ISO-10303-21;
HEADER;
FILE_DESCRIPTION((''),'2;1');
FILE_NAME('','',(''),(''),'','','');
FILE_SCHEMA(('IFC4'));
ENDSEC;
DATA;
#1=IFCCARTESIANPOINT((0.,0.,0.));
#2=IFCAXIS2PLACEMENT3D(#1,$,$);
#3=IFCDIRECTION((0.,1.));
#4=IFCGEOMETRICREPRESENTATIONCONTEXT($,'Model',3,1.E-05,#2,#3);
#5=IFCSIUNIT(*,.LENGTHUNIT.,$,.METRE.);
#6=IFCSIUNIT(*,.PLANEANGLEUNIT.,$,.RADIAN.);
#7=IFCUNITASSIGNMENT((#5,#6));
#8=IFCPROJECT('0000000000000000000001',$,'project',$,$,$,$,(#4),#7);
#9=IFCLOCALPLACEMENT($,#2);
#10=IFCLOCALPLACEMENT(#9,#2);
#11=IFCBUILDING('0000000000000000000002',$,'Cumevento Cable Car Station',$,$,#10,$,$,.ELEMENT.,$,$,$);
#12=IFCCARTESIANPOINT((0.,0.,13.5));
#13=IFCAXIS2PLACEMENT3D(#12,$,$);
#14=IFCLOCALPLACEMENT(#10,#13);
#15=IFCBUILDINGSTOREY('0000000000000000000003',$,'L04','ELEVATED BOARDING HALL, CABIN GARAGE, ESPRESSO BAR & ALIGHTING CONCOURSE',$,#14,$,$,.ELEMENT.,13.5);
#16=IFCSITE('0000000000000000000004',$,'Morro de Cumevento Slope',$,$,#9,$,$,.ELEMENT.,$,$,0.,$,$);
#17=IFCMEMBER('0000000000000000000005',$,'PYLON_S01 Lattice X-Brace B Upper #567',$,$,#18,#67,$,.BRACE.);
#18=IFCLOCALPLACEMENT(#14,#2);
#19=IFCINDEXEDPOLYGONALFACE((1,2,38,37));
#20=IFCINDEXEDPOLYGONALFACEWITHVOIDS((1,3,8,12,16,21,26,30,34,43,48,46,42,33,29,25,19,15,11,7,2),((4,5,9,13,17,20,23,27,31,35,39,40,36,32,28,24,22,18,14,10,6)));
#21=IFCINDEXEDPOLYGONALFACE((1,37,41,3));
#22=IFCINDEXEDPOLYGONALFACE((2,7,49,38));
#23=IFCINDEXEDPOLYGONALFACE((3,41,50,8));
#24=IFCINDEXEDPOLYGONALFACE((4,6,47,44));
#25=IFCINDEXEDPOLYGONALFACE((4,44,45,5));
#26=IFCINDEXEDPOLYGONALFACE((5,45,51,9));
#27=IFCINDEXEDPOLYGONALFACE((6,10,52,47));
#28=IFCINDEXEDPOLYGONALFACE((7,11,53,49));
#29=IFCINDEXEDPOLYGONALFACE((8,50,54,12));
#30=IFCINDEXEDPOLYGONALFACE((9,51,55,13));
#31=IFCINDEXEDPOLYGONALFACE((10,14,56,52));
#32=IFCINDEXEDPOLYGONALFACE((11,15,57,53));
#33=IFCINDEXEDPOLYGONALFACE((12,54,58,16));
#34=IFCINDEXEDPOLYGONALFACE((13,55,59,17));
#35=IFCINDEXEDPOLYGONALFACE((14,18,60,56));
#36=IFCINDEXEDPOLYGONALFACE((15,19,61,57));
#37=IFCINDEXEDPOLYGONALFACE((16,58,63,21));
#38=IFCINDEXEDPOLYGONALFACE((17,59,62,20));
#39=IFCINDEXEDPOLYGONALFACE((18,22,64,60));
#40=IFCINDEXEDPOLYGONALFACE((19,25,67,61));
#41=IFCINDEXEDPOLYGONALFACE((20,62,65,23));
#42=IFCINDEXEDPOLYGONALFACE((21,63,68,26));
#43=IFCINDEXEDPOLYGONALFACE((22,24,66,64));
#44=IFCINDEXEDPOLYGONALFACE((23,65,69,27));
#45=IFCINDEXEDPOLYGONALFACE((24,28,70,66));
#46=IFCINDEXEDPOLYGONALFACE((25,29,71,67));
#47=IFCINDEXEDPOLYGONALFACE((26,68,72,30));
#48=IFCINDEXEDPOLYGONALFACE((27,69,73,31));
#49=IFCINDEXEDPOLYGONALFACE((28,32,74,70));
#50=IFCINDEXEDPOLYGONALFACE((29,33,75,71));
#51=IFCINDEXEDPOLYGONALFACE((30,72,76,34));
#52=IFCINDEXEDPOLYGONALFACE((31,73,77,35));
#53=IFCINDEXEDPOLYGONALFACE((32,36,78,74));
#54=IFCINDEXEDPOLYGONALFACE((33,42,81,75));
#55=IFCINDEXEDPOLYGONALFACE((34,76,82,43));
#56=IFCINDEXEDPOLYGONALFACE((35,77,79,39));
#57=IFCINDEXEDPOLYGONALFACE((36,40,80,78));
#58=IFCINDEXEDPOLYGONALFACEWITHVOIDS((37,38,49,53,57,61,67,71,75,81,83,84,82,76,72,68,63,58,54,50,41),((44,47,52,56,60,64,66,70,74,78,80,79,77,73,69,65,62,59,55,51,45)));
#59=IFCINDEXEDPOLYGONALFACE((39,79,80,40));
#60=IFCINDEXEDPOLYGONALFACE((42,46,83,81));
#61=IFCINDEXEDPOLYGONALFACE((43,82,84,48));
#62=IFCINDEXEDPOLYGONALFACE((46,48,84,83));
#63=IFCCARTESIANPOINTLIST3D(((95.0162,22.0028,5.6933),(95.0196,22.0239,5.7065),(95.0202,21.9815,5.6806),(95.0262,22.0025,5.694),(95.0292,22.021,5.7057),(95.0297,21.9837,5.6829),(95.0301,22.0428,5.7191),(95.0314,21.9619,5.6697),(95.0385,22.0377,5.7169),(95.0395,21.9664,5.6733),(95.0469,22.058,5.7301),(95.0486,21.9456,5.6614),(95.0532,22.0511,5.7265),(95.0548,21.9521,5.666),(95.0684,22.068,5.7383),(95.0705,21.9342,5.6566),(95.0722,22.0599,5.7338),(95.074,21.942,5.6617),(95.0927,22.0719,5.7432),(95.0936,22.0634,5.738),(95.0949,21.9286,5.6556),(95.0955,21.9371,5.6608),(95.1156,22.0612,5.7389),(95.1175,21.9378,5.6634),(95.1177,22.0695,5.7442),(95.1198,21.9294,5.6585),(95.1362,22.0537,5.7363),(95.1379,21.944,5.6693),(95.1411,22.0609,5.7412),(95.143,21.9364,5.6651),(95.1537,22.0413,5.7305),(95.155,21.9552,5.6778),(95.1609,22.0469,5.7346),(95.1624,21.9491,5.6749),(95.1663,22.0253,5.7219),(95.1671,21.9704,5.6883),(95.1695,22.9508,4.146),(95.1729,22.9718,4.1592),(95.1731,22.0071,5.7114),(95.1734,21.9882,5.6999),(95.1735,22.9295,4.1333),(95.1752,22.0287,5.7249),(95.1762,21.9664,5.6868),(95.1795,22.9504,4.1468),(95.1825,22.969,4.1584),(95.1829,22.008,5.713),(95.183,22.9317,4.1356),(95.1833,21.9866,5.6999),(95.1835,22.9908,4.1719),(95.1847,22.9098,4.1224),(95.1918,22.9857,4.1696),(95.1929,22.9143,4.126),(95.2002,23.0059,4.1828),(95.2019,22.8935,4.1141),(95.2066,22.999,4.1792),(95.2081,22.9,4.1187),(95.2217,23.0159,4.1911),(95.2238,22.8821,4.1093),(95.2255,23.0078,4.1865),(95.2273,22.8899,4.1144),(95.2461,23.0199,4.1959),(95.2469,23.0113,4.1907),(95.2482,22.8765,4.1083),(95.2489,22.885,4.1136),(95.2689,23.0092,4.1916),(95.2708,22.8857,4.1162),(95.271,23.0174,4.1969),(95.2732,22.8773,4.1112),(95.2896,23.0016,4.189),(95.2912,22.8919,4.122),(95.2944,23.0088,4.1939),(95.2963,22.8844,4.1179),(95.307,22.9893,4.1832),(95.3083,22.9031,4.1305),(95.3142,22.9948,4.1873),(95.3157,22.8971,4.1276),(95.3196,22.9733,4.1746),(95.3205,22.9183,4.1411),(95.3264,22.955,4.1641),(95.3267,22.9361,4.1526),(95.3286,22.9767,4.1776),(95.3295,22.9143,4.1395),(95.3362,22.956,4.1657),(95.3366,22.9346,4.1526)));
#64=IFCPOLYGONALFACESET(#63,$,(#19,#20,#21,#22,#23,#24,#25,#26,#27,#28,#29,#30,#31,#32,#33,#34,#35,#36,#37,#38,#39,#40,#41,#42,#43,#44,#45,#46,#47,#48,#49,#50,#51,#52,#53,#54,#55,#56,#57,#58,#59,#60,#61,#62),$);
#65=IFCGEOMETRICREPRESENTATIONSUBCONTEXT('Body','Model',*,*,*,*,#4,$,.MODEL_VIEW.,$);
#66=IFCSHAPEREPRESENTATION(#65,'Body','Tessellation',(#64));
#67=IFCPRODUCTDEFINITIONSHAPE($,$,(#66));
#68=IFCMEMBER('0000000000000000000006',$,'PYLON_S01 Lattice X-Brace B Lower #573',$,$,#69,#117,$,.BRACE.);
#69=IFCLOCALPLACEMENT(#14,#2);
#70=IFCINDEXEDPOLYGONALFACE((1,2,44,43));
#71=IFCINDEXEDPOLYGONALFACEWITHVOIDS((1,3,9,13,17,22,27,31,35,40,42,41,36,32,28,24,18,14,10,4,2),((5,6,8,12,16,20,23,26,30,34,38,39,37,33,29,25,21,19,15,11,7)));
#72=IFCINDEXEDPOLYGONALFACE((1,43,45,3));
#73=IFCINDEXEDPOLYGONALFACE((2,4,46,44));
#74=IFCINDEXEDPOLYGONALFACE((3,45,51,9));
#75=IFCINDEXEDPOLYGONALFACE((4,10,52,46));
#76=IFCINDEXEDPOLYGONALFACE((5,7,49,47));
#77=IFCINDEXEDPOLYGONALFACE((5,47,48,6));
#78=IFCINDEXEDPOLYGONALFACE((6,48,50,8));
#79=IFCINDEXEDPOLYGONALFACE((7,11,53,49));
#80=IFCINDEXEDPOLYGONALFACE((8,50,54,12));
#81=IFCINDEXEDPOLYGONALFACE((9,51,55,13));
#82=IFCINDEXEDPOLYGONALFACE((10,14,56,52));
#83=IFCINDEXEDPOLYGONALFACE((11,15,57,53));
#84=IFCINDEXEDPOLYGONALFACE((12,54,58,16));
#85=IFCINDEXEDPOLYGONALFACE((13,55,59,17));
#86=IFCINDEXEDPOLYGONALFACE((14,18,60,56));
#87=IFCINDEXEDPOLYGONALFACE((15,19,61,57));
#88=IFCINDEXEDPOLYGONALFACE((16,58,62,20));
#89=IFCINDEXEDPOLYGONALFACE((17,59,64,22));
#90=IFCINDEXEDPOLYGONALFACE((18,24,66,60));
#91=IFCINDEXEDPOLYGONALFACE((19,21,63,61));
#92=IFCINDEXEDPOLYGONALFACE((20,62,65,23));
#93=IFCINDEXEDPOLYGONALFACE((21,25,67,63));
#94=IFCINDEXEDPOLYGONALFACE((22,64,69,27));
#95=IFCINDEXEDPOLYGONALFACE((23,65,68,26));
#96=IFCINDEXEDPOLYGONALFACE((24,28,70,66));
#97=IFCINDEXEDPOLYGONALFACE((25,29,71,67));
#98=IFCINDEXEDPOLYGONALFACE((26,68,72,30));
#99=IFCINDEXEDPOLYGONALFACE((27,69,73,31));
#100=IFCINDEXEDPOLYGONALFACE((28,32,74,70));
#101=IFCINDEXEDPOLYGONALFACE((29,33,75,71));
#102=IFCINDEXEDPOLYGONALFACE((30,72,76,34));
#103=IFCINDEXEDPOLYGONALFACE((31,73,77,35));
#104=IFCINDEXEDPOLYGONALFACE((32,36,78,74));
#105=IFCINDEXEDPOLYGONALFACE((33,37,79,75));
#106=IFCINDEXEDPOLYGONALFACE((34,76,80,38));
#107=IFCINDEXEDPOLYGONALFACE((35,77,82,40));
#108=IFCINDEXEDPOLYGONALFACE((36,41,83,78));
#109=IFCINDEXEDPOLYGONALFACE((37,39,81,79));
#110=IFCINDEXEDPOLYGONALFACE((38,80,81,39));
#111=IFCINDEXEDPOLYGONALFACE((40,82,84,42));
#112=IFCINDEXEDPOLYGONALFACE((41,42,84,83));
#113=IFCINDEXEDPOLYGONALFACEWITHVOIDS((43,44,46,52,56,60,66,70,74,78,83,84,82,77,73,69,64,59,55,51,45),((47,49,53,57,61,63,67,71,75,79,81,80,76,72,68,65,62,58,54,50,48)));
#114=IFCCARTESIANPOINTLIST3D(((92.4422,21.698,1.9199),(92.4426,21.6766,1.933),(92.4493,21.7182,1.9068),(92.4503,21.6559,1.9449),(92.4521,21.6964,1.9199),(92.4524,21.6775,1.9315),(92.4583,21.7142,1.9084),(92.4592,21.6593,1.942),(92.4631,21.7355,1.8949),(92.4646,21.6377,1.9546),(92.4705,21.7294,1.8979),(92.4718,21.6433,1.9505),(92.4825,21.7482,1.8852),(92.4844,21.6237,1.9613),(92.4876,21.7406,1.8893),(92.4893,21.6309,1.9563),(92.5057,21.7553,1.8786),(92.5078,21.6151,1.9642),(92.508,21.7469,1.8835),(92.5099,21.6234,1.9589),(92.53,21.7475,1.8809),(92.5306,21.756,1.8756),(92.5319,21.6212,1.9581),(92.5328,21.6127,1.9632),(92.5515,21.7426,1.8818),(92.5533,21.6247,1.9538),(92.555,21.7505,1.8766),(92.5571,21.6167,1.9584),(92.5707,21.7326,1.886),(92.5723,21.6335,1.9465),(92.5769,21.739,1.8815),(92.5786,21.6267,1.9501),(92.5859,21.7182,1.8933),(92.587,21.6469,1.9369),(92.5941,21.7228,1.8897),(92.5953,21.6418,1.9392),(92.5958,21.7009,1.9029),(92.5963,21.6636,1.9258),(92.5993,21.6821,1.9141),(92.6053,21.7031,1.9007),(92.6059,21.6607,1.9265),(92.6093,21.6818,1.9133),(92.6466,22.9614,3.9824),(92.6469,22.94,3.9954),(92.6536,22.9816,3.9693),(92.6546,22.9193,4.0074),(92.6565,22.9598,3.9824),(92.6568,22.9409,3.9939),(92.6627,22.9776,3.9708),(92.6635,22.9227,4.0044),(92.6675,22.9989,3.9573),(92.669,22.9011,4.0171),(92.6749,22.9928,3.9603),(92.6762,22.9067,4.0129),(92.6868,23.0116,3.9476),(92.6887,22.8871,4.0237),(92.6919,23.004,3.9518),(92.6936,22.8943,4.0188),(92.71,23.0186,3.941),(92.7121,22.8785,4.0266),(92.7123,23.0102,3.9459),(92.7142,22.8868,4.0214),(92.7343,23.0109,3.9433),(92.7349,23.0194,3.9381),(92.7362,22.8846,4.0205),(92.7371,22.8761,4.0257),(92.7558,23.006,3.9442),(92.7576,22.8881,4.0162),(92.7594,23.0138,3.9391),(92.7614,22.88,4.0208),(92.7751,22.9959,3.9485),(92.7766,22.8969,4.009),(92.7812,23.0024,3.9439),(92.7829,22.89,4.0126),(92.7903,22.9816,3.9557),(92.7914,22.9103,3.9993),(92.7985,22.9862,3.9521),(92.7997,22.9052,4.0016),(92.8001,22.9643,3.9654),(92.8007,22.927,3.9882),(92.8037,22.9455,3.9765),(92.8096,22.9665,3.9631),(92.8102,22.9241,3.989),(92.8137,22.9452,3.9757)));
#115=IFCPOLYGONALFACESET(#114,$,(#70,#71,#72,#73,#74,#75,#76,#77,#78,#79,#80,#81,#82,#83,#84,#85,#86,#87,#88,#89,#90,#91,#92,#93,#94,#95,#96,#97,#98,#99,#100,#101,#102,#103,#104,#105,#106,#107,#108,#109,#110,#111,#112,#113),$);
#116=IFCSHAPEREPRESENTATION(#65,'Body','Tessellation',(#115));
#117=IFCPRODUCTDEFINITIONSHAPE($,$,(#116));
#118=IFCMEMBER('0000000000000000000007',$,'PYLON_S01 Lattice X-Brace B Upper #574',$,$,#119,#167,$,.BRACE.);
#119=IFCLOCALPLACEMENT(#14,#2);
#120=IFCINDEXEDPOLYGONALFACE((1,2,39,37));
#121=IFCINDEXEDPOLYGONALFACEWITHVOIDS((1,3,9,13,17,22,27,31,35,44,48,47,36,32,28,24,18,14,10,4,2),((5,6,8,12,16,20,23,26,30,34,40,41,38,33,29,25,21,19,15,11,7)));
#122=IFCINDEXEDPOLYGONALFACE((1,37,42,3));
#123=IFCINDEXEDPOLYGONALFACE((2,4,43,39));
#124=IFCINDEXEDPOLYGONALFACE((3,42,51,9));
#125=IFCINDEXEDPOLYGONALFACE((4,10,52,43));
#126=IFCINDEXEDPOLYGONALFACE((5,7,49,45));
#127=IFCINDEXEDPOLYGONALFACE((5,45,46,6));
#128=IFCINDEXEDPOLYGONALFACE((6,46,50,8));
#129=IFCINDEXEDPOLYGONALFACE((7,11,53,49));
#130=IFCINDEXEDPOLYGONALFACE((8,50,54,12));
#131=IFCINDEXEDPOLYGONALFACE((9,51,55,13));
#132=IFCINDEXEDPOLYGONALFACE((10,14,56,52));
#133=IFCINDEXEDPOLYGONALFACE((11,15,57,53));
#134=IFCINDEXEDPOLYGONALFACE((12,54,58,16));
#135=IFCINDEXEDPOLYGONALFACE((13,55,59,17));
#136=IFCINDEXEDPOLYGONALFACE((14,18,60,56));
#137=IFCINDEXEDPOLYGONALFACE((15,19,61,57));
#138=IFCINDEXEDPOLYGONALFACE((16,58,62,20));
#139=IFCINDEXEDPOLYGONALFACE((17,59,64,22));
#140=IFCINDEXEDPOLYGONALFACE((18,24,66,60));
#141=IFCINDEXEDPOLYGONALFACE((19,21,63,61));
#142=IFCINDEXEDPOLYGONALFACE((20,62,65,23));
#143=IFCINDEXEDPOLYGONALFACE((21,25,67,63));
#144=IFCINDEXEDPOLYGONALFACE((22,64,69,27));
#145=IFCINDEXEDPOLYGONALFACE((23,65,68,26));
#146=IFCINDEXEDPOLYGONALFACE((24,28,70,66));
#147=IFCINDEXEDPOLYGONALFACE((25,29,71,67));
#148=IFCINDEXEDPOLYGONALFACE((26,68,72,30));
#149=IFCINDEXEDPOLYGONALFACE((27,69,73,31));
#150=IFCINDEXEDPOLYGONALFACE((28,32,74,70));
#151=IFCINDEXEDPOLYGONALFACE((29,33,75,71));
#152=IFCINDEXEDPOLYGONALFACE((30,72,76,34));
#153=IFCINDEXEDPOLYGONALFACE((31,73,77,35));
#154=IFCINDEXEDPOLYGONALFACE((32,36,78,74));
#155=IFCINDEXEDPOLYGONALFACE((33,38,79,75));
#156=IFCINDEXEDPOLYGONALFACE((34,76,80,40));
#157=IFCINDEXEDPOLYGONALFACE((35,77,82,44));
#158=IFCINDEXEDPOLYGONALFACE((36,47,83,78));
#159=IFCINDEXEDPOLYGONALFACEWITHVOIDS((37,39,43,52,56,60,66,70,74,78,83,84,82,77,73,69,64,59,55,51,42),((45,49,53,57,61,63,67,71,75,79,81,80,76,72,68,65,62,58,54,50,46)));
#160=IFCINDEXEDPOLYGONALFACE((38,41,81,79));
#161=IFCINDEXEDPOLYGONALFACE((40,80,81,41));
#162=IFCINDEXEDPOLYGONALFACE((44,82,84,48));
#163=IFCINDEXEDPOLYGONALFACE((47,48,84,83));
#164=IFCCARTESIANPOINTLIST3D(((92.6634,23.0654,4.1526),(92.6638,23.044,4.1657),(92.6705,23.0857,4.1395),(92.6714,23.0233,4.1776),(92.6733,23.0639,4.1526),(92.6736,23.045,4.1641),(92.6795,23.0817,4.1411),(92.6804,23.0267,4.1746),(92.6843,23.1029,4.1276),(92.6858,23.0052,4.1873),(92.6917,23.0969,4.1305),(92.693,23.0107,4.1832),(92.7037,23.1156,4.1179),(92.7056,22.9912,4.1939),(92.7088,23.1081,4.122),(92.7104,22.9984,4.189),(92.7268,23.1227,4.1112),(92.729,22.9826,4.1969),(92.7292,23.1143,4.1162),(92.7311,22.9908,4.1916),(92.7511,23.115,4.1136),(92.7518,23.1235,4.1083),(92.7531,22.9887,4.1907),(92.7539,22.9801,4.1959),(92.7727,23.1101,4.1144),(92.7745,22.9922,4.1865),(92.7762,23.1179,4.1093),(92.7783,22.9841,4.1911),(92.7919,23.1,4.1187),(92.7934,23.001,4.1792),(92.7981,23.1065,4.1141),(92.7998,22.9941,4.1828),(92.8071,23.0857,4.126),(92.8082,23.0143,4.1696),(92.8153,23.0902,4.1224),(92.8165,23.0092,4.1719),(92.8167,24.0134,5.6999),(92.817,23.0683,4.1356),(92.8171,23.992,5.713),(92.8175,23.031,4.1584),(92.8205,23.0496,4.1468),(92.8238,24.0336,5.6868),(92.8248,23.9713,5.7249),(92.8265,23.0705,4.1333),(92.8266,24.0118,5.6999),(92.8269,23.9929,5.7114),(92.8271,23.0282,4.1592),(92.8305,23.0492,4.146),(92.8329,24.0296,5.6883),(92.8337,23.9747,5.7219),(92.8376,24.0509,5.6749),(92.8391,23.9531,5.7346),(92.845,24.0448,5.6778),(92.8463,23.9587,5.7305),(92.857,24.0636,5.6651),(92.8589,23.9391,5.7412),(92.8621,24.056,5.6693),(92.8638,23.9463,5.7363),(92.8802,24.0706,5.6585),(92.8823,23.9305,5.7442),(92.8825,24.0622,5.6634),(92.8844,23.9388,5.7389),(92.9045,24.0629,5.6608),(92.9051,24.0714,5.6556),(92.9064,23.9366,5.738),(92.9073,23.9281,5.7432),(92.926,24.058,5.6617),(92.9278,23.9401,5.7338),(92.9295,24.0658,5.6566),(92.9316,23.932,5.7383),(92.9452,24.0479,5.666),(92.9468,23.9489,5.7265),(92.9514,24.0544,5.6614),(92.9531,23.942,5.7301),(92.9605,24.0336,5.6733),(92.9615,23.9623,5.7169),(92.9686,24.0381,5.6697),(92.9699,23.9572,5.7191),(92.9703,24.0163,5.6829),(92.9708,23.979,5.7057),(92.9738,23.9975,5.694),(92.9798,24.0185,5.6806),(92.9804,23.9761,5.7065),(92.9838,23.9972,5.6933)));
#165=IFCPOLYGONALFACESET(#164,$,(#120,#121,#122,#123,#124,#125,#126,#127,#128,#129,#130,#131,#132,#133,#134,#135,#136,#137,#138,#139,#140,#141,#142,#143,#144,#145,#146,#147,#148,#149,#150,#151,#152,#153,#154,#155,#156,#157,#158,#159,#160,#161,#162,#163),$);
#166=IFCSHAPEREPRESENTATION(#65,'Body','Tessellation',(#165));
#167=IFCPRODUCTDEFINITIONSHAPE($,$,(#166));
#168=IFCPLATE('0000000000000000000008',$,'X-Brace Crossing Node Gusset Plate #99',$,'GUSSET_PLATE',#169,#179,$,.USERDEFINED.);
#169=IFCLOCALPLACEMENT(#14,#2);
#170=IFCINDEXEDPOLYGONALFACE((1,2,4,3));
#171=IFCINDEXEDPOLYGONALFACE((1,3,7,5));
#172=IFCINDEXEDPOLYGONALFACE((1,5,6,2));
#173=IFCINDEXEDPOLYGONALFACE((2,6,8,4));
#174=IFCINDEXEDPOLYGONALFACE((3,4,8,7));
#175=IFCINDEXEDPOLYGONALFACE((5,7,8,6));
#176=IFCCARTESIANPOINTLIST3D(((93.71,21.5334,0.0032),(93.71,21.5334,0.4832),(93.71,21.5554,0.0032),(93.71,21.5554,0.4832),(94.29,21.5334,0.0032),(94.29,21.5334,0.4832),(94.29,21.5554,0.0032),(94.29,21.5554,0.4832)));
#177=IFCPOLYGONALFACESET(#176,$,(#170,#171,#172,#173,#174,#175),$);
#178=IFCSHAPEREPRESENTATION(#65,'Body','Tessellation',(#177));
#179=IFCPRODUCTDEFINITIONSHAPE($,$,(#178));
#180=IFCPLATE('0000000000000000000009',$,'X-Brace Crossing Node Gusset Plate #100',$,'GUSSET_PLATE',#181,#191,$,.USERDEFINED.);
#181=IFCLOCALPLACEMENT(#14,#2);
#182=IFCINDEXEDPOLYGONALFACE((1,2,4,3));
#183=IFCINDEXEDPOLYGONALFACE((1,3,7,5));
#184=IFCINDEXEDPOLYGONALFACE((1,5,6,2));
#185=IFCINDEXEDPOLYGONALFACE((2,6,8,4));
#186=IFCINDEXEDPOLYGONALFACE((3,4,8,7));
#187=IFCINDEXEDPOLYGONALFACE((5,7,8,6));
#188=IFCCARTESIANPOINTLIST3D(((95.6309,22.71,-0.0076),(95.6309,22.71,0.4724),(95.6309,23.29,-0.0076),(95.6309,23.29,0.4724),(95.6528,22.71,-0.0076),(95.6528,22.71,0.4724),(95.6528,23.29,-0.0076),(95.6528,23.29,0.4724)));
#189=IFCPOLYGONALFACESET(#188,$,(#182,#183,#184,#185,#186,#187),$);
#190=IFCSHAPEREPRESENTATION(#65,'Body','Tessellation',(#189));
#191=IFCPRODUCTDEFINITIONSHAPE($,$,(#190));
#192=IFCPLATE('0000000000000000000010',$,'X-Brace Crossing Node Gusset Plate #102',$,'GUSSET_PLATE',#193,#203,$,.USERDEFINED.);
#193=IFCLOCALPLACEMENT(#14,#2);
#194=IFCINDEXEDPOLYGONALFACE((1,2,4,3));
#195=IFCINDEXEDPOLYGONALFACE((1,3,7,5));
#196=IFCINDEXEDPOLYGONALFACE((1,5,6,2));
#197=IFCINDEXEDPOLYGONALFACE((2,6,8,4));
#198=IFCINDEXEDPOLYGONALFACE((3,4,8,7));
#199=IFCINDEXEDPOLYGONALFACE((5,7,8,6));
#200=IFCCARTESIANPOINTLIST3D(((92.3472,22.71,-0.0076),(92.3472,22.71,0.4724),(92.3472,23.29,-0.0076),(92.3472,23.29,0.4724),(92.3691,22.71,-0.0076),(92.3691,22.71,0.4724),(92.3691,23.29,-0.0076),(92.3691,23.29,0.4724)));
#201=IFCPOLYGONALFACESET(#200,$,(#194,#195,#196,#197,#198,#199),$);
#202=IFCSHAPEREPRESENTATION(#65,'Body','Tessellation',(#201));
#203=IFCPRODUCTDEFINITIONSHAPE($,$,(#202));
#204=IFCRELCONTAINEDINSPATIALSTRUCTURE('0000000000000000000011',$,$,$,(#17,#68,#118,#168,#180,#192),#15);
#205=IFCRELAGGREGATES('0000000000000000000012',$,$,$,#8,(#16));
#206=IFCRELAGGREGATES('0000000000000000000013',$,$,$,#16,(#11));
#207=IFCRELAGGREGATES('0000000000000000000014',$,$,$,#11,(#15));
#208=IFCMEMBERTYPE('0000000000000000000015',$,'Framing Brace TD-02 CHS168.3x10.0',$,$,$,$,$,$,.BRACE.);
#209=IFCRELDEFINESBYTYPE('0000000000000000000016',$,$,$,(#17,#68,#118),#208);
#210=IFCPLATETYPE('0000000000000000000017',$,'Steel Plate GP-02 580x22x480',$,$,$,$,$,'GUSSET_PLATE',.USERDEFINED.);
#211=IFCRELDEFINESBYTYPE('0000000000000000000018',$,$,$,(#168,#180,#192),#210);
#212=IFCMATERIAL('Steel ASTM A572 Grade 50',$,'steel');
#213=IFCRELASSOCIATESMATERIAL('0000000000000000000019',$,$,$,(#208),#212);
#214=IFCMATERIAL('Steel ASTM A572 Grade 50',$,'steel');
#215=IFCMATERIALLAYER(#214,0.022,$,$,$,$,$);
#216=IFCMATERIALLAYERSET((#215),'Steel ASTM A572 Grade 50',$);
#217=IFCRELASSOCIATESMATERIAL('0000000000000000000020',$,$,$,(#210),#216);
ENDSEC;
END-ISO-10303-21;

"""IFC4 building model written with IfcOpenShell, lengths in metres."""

from ifc_helpers import new_model, si_unit, direction, frame, origin, origin_2d, place, context, subcontext, project, spatial, rectangle, hollow_circle, extrude, material, layer, layer_set, material_profile, profile_set, type_object, element, save


model = new_model("IFC4")

# Units and contexts
model_context = context("Model", 3, precision=1e-05, world=origin(), true_north=direction((0.0, 1.0)))
body_context = subcontext(model_context, "Body", "Model", "MODEL_VIEW")
ifc_project = project(units=[si_unit("LENGTHUNIT", "METRE"), si_unit("PLANEANGLEUNIT", "RADIAN")], contexts=[model_context])

# Site, building, storey
site_placement = place(None, origin())
site = spatial("IfcSite", under=ifc_project, at=site_placement, Name="Morro de Cumevento Slope", CompositionType="ELEMENT", RefElevation=0.0)
building_placement = place(site_placement, origin())
building = spatial("IfcBuilding", under=site, at=building_placement, Name="Cumevento Cable Car Station", CompositionType="ELEMENT")
storey_placement = place(building_placement, frame((0.0, 0.0, 13.5)))
storey = spatial("IfcBuildingStorey", under=building, at=storey_placement, Name="L04", Description="ELEVATED BOARDING HALL, CABIN GARAGE, ESPRESSO BAR & ALIGHTING CONCOURSE", CompositionType="ELEMENT", Elevation=13.5)

# Members
ifc_material_1 = material(Name="Steel ASTM A572 Grade 50", Category="steel")
ifc_material_profile_1 = material_profile(ifc_material_1, hollow_circle(Radius=0.0842, WallThickness=0.01, at=origin_2d()), Name="CHS168.3x10.0")
ifc_profile_set_1 = profile_set([ifc_material_profile_1], Name="Steel ASTM A572 Grade 50")
member_type_1 = type_object("IfcMemberType", Name="Framing Brace TD-02 CHS168.3x10.0", PredefinedType="BRACE", material=ifc_profile_set_1)
member_1_placement = place(storey_placement, frame((95.2534, 22.948, 4.1526), z_axis=(-0.084189, -0.520553, 0.849669), x_axis=(0.987173, -0.159656, 0.0)))
element("IfcMember", 1, at=member_1_placement, inside=storey, type_object=member_type_1, Name="PYLON_S01 Lattice X-Brace B Upper #567", PredefinedType="BRACE", context=body_context, shape_type="SweptSolid", body=[
    extrude(hollow_circle(Radius=0.0842, WallThickness=0.01, at=origin_2d()), origin(), (0.0, 0.0, 1.0), 1.821),
])
member_2_placement = place(storey_placement, frame((92.5254, 21.6846, 1.9199), z_axis=(0.084186, 0.520502, 0.8497), x_axis=(-0.987171, 0.159664, 0.0)))
element("IfcMember", 2, at=member_2_placement, inside=storey, type_object=member_type_1, Name="PYLON_S01 Lattice X-Brace B Lower #573", PredefinedType="BRACE", context=body_context, shape_type="SweptSolid", body=[
    extrude(hollow_circle(Radius=0.0842, WallThickness=0.01, at=origin_2d()), origin(), (0.0, 0.0, 1.0), 2.4272),
])
member_3_placement = place(storey_placement, frame((92.7466, 23.052, 4.1526), z_axis=(0.084189, 0.520553, 0.849669), x_axis=(-0.987173, 0.159656, 0.0)))
element("IfcMember", 3, at=member_3_placement, inside=storey, type_object=member_type_1, Name="PYLON_S01 Lattice X-Brace B Upper #574", PredefinedType="BRACE", context=body_context, shape_type="SweptSolid", body=[
    extrude(hollow_circle(Radius=0.0842, WallThickness=0.01, at=origin_2d()), origin(), (0.0, 0.0, 1.0), 1.821),
])

# Plates
ifc_material_2 = material(Name="Steel ASTM A572 Grade 50", Category="steel")
ifc_layer = layer(ifc_material_2, 0.022)
ifc_layer_set = layer_set([ifc_layer], Name="Steel ASTM A572 Grade 50")
plate_type = type_object("IfcPlateType", Name="Steel Plate GP-02 580x22x480", ElementType="GUSSET_PLATE", PredefinedType="USERDEFINED", material=ifc_layer_set)
for number, where, z_axis, x_axis, name in (
    (4, (94.0, 21.5444, 0.0032), (0.0, 0.0, 1.0), (1.0, 0.0, 0.0), "X-Brace Crossing Node Gusset Plate #99"),
    (5, (95.6418, 23.0, -0.0076), (0.0, 0.0, 1.0), (0.0, 1.0, 0.0), "X-Brace Crossing Node Gusset Plate #100"),
    (6, (92.3582, 23.0, -0.0076), (0.0, 0.0, 1.0), (0.0, 1.0, 0.0), "X-Brace Crossing Node Gusset Plate #102"),
):
    element("IfcPlate", number, at=place(storey_placement, frame(where, z_axis=z_axis, x_axis=x_axis)), inside=storey, type_object=plate_type, Name=name, ObjectType="GUSSET_PLATE", PredefinedType="USERDEFINED", context=body_context, shape_type="SweptSolid", body=[
        extrude(rectangle(XDim=0.5801, YDim=0.022, at=origin_2d()), origin(), (0.0, 0.0, 1.0), 0.48),
    ])

save(model, "model.ifc")
